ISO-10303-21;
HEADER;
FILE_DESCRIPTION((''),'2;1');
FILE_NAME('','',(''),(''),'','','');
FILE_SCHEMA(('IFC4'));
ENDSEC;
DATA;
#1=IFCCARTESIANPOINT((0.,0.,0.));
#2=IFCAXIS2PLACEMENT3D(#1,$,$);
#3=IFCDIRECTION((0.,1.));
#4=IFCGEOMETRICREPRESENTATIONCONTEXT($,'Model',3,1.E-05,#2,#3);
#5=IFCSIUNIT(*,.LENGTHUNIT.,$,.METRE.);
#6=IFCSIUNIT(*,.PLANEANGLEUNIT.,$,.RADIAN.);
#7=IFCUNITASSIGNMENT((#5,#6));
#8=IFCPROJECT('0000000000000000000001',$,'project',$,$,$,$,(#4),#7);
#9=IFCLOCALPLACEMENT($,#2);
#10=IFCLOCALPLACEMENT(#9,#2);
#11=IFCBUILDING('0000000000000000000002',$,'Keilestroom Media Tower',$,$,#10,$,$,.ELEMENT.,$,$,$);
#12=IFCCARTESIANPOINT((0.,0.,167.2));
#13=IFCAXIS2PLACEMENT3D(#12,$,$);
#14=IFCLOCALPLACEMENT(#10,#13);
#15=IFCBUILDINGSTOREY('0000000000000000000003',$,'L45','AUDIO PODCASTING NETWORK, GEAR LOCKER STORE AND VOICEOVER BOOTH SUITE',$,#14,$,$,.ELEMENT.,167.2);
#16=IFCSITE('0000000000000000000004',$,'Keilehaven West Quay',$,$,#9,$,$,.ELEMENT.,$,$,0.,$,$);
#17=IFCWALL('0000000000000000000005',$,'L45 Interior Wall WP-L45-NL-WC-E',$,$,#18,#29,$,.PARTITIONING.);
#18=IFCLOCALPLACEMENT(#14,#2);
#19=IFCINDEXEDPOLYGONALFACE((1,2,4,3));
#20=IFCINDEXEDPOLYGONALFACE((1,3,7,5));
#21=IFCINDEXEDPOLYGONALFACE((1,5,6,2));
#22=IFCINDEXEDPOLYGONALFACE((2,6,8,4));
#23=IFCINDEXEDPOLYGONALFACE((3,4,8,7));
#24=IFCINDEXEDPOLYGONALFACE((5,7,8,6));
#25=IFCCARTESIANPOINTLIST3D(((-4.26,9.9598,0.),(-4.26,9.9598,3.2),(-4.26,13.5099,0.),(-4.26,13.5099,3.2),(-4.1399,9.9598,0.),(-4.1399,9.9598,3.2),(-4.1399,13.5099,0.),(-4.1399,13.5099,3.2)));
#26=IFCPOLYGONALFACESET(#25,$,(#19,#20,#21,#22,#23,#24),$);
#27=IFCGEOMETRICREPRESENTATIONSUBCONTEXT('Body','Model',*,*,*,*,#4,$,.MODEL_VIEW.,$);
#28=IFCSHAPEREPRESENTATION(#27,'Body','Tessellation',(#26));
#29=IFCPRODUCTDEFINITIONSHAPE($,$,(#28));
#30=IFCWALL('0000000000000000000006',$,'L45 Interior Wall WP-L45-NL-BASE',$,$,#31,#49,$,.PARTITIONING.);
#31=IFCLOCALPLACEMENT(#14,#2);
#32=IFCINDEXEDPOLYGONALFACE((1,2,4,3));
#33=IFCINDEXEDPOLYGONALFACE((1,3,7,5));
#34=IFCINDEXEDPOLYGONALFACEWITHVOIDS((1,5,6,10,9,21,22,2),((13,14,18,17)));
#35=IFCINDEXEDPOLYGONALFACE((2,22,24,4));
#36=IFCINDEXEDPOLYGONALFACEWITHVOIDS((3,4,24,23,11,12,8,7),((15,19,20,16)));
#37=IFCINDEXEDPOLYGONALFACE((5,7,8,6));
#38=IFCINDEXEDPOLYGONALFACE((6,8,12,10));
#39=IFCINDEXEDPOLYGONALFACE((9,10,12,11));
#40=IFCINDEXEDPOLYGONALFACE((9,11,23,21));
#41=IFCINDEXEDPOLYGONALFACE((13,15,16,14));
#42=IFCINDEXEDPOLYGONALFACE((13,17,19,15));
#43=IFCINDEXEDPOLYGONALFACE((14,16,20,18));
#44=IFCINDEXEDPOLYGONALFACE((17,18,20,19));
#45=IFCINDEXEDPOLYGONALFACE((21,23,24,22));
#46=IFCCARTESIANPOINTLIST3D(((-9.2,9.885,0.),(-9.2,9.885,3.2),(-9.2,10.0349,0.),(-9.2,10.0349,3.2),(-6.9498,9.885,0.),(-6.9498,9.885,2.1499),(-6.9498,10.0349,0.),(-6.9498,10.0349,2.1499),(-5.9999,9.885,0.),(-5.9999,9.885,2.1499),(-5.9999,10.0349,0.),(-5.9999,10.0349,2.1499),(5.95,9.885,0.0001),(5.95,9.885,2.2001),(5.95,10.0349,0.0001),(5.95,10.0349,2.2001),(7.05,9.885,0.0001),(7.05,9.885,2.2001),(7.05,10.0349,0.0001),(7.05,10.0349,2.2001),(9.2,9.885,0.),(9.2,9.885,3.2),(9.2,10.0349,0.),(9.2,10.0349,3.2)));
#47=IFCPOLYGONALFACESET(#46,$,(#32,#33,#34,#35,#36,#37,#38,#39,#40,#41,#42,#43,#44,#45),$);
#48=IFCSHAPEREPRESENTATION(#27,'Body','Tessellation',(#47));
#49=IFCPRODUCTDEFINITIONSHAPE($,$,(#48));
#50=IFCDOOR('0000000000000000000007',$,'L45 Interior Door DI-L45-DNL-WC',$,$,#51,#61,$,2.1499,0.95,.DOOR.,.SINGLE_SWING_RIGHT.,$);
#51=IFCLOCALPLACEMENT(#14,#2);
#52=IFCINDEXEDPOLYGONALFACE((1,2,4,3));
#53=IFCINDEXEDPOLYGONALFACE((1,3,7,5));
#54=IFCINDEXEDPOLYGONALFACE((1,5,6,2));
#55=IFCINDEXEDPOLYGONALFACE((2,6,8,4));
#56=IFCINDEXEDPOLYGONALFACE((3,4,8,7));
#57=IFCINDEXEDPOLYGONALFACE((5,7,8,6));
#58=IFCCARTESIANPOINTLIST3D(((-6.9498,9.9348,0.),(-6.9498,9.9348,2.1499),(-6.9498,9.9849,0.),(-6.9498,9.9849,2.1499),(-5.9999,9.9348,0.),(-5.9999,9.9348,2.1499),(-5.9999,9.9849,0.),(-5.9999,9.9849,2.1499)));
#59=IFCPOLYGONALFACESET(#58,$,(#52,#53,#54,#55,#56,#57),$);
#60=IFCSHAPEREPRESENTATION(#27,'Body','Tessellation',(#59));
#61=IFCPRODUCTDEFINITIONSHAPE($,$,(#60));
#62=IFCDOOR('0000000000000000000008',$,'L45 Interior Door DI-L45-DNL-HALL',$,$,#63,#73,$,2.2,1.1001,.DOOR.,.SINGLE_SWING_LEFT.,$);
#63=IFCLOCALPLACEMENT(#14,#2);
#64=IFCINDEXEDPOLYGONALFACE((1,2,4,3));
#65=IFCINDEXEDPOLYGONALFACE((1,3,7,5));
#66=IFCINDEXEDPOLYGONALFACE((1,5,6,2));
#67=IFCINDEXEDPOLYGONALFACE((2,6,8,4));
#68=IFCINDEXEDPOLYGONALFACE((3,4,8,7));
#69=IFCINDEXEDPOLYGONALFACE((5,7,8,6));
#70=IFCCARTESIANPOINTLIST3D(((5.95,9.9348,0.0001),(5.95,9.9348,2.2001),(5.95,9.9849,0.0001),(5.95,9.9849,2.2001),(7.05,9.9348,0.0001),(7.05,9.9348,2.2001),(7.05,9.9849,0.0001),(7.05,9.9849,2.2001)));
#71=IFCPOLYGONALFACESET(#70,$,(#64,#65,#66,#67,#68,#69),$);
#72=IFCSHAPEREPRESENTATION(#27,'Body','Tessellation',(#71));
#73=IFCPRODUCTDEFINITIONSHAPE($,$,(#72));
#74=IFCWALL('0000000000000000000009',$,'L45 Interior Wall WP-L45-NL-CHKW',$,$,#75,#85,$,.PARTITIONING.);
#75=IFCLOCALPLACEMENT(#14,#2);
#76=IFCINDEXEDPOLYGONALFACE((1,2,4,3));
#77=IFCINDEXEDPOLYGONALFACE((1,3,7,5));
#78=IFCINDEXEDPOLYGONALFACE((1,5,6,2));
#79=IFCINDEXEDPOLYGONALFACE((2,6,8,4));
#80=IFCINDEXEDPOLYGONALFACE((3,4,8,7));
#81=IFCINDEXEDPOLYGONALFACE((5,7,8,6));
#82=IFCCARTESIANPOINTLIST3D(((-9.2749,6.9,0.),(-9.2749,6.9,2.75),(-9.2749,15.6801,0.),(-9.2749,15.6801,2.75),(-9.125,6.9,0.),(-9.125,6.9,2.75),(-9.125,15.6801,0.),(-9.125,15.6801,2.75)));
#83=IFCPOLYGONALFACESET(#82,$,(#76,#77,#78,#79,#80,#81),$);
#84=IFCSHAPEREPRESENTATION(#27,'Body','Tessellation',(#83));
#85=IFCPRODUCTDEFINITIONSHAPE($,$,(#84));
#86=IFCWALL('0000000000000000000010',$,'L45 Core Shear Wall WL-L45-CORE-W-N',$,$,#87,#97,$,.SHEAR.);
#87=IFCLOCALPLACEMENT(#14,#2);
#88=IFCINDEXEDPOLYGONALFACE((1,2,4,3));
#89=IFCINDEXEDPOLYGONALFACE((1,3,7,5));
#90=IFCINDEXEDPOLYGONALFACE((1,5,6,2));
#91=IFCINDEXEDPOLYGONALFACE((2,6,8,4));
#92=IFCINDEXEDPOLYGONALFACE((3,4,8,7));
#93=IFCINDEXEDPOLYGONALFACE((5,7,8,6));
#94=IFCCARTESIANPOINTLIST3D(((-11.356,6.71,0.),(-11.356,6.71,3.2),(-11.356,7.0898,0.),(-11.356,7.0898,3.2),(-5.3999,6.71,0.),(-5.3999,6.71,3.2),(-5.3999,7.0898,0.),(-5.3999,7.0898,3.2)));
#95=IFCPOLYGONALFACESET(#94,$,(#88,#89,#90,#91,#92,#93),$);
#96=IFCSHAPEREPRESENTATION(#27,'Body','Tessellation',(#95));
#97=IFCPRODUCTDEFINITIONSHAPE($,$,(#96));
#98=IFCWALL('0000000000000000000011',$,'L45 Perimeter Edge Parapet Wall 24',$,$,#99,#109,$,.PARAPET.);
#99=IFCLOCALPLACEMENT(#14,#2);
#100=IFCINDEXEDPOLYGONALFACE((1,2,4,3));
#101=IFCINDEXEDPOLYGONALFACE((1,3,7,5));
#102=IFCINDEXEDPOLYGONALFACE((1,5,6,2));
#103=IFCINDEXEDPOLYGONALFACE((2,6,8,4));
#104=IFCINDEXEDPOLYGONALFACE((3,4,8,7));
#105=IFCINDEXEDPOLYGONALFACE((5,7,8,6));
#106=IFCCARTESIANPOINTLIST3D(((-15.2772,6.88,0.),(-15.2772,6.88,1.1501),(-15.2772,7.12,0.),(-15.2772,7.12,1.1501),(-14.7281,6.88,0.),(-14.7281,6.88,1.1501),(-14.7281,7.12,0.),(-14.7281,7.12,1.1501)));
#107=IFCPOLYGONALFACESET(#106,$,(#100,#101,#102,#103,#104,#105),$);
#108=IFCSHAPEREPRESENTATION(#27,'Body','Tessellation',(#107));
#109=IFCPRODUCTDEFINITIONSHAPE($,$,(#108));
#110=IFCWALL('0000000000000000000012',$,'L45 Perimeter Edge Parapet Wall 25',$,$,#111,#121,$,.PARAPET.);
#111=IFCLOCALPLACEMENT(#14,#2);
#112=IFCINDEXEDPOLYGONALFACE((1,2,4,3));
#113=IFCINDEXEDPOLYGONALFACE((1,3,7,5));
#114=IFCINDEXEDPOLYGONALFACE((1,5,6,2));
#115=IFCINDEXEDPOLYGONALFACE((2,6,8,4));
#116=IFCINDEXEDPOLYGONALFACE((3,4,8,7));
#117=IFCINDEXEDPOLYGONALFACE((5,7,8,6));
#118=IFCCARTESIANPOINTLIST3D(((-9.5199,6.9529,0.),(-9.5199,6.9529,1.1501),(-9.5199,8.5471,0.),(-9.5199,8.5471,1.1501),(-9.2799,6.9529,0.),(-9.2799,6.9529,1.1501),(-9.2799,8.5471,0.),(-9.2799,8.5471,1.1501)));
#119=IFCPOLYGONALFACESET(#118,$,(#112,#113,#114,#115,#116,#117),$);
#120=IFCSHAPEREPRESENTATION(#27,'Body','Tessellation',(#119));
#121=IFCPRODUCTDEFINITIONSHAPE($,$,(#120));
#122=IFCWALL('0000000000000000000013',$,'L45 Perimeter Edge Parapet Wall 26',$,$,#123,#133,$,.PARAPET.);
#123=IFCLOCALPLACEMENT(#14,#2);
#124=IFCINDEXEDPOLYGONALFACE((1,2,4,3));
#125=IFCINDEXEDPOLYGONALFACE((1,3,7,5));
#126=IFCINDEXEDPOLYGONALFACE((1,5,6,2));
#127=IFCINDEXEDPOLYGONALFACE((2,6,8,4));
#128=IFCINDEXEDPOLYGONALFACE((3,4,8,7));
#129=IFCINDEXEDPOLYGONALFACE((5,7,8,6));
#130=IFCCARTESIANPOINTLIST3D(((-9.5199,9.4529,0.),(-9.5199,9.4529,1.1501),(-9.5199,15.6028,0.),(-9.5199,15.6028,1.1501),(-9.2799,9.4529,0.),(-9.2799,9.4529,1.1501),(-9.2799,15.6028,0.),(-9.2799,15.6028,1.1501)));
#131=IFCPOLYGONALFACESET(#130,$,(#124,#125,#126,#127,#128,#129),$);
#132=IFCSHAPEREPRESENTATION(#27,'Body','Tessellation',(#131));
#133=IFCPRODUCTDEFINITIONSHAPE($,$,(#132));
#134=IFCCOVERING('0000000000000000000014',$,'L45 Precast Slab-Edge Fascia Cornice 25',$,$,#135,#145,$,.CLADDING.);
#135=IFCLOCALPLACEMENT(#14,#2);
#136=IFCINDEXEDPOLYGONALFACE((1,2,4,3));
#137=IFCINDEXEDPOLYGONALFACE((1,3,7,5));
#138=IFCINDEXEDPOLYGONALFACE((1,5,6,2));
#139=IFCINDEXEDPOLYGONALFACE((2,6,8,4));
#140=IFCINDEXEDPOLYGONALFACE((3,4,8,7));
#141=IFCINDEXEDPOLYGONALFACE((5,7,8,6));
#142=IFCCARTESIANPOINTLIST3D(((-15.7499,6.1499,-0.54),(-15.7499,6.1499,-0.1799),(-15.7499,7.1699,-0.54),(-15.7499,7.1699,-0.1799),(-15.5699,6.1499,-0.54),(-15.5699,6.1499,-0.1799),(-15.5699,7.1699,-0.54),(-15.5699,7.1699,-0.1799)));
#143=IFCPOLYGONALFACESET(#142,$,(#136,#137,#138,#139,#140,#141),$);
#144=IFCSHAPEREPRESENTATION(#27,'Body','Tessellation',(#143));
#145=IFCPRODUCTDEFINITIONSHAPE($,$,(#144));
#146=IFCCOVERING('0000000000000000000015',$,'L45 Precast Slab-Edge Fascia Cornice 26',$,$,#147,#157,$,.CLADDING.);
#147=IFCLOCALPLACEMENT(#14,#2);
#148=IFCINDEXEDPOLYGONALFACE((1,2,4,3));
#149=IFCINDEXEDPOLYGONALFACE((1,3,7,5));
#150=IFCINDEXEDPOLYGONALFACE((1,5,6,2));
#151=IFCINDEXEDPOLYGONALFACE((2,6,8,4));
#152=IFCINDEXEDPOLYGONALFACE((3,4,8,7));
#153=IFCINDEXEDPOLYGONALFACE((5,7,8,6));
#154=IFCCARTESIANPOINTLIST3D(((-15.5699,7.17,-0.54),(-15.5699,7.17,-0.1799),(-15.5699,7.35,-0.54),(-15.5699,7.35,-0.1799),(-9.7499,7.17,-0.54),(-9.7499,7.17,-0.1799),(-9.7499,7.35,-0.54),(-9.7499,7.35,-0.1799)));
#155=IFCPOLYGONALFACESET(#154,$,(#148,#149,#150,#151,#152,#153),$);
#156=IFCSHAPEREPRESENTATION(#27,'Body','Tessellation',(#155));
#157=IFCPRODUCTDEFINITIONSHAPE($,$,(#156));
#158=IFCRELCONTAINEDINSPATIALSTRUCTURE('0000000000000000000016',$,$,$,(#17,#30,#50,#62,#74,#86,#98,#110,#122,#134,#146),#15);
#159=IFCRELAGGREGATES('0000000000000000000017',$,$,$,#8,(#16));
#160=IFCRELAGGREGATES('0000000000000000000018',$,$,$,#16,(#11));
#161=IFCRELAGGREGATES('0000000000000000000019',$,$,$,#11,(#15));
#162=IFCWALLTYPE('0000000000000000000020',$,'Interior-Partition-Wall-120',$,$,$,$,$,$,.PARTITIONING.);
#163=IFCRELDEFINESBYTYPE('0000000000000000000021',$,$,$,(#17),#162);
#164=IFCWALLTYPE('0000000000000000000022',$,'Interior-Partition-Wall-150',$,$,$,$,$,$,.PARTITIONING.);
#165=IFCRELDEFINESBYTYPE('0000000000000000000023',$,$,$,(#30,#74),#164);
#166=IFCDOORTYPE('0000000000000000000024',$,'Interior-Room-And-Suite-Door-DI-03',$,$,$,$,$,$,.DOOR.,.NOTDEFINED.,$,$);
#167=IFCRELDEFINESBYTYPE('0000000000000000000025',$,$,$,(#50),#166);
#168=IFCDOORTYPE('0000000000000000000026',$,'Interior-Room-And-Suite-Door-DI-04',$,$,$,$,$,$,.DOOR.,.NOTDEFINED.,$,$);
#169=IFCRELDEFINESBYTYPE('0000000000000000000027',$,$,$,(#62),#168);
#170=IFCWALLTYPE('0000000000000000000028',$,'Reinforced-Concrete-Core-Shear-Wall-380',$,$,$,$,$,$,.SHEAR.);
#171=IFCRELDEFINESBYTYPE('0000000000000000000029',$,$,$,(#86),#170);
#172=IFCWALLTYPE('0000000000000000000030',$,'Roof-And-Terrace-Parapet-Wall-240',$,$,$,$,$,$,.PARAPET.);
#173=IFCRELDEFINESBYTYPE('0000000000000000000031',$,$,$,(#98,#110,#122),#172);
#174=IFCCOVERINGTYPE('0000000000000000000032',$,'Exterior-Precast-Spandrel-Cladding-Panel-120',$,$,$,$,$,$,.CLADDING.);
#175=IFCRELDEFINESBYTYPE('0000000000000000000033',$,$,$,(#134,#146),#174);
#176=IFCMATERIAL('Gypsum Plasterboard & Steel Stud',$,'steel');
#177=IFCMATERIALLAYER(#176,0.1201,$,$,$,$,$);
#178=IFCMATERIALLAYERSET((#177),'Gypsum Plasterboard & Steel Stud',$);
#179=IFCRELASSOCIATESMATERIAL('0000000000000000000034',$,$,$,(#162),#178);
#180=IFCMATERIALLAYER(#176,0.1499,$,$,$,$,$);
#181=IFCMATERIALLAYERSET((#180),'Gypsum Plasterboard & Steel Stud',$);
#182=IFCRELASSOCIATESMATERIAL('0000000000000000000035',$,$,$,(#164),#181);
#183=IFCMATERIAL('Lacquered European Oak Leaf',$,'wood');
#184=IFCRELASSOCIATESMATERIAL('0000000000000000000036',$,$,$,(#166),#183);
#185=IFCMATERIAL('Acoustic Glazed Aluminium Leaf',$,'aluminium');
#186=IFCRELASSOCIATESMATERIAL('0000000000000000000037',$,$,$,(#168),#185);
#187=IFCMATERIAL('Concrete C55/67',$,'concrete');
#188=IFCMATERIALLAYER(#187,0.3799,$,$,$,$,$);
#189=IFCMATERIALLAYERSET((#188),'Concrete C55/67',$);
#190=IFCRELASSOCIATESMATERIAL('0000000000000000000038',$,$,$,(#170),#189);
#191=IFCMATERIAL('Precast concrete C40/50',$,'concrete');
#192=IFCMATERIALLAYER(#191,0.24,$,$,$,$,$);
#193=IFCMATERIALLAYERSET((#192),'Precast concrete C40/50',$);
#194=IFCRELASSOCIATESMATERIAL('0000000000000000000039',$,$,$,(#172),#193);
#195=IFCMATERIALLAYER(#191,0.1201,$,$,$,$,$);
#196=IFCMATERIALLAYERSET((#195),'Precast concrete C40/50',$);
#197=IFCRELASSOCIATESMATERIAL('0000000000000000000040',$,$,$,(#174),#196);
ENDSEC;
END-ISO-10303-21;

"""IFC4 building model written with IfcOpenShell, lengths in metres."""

from ifc_helpers import new_model, si_unit, direction, frame, frame_2d, origin, origin_2d, place, context, subcontext, project, spatial, rectangle, extrude, source, transform, mapped, material, layer, layer_set, type_object, element, fill, save


model = new_model("IFC4")

# Units and contexts
model_context = context("Model", 3, precision=1e-05, world=origin(), true_north=direction((0.0, 1.0)))
body_context = subcontext(model_context, "Body", "Model", "MODEL_VIEW")
ifc_project = project(units=[si_unit("LENGTHUNIT", "METRE"), si_unit("PLANEANGLEUNIT", "RADIAN")], contexts=[model_context])

# Site, building, storey
site_placement = place(None, origin())
site = spatial("IfcSite", under=ifc_project, at=site_placement, Name="Keilehaven West Quay", CompositionType="ELEMENT", RefElevation=0.0)
building_placement = place(site_placement, origin())
building = spatial("IfcBuilding", under=site, at=building_placement, Name="Keilestroom Media Tower", CompositionType="ELEMENT")
storey_placement = place(building_placement, frame((0.0, 0.0, 167.2)))
storey = spatial("IfcBuildingStorey", under=building, at=storey_placement, Name="L45", Description="AUDIO PODCASTING NETWORK, GEAR LOCKER STORE AND VOICEOVER BOOTH SUITE", CompositionType="ELEMENT", Elevation=167.2)

# Shared definitions
ifc_material_1 = material(Name="Precast concrete C40/50", Category="concrete")
ifc_material_2 = material(Name="Concrete C55/67", Category="concrete")

# Wall
ifc_material_3 = material(Name="Gypsum Plasterboard & Steel Stud", Category="steel")
ifc_layer_1 = layer(ifc_material_3, 0.1201)
ifc_layer_set_1 = layer_set([ifc_layer_1], Name="Gypsum Plasterboard & Steel Stud")
wall_type_1 = type_object("IfcWallType", Name="Interior-Partition-Wall-120", PredefinedType="PARTITIONING", material=ifc_layer_set_1)
for number, where, z_axis, x_axis, name in (
    (1, (-4.2, 9.96, 0.0), (0.0, 0.0, 1.0), (0.0, 1.0, 0.0), "L45 Interior Wall WP-L45-NL-WC-E"),
):
    element("IfcWall", number, at=place(storey_placement, frame(where, z_axis=z_axis, x_axis=x_axis)), inside=storey, type_object=wall_type_1, Name=name, PredefinedType="PARTITIONING", context=body_context, shape_type="SweptSolid", body=[
        extrude(rectangle(XDim=3.55, YDim=0.1201, at=frame_2d((1.7749, 0.0))), origin(), (0.0, 0.0, 1.0), 3.2),
    ])

# Wall, openings, doors
ifc_layer_2 = layer(ifc_material_3, 0.1499)
ifc_layer_set_2 = layer_set([ifc_layer_2], Name="Gypsum Plasterboard & Steel Stud")
wall_type_2 = type_object("IfcWallType", Name="Interior-Partition-Wall-150", PredefinedType="PARTITIONING", material=ifc_layer_set_2)
wall_1_placement = place(storey_placement, frame((-9.2, 9.96, 0.0), z_axis=(0.0, 0.0, 1.0), x_axis=(1.0, 0.0, 0.0)))
wall_1 = element("IfcWall", 2, at=wall_1_placement, inside=storey, type_object=wall_type_2, Name="L45 Interior Wall WP-L45-NL-BASE", PredefinedType="PARTITIONING", context=body_context, shape_type="SweptSolid", body=[
    extrude(rectangle(XDim=18.3999, YDim=0.1499, at=frame_2d((9.2, 0.0))), origin(), (0.0, 0.0, 1.0), 3.2),
])
opening_1_placement = place(wall_1_placement, frame((2.25, 0.0, 0.0)))
opening_1 = element("IfcOpeningElement", 3, at=opening_1_placement, cuts=wall_1, PredefinedType="OPENING", context=body_context, shape_type="SweptSolid", body=[
    extrude(rectangle(XDim=0.95, YDim=2.1499, at=frame_2d((0.4751, 1.075))), frame((0.0, 0.085, 0.0), z_axis=(0.0, -1.0, 0.0), x_axis=(1.0, 0.0, 0.0)), (0.0, 0.0, 1.0), 0.1699),
])
opening_2_placement = place(wall_1_placement, frame((15.1499, 0.0, 0.0)))
opening_2 = element("IfcOpeningElement", 4, at=opening_2_placement, cuts=wall_1, PredefinedType="OPENING", context=body_context, shape_type="SweptSolid", body=[
    extrude(rectangle(XDim=1.1001, YDim=2.2, at=frame_2d((0.55, 1.1001))), frame((0.0, 0.085, 0.0), z_axis=(0.0, -1.0, 0.0), x_axis=(1.0, 0.0, 0.0)), (0.0, 0.0, 1.0), 0.1699),
])
ifc_material_4 = material(Name="Lacquered European Oak Leaf", Category="wood")
door_type_1 = type_object("IfcDoorType", Name="Interior-Room-And-Suite-Door-DI-03", OperationType="NOTDEFINED", PredefinedType="DOOR", material=ifc_material_4)
shared_shape_1 = source(origin(), body_context, "Body", "SweptSolid", [
    extrude(rectangle(XDim=0.95, YDim=2.1499, at=frame_2d((0.4751, 1.075))), frame((0.0, 0.0249, 0.0), z_axis=(0.0, -1.0, 0.0), x_axis=(1.0, 0.0, 0.0)), (0.0, 0.0, 1.0), 0.05),
])
door_1_placement = place(opening_1_placement, origin())
door_1 = element("IfcDoor", 5, at=door_1_placement, inside=storey, type_object=door_type_1, Name="L45 Interior Door DI-L45-DNL-WC", OperationType="SINGLE_SWING_RIGHT", OverallHeight=2.1499, OverallWidth=0.95, PredefinedType="DOOR", context=body_context, shape_type="MappedRepresentation", body=[
    mapped(shared_shape_1, transform((0.0, 0.0, 0.0), x_axis=(1.0, 0.0, 0.0), y_axis=(0.0, 1.0, 0.0), z_axis=(0.0, 0.0, 1.0), scale=1.0)),
])
fill(opening_1, door_1)
ifc_material_5 = material(Name="Acoustic Glazed Aluminium Leaf", Category="aluminium")
door_type_2 = type_object("IfcDoorType", Name="Interior-Room-And-Suite-Door-DI-04", OperationType="NOTDEFINED", PredefinedType="DOOR", material=ifc_material_5)
shared_shape_2 = source(origin(), body_context, "Body", "SweptSolid", [
    extrude(rectangle(XDim=1.1001, YDim=2.2, at=frame_2d((0.55, 1.1001))), frame((0.0, 0.0249, 0.0), z_axis=(0.0, -1.0, 0.0), x_axis=(1.0, 0.0, 0.0)), (0.0, 0.0, 1.0), 0.05),
])
door_2_placement = place(opening_2_placement, origin())
door_2 = element("IfcDoor", 6, at=door_2_placement, inside=storey, type_object=door_type_2, Name="L45 Interior Door DI-L45-DNL-HALL", OperationType="SINGLE_SWING_LEFT", OverallHeight=2.2, OverallWidth=1.1001, PredefinedType="DOOR", context=body_context, shape_type="MappedRepresentation", body=[
    mapped(shared_shape_2, transform((0.0, 0.0, 0.0), x_axis=(1.0, 0.0, 0.0), y_axis=(0.0, 1.0, 0.0), z_axis=(0.0, 0.0, 1.0), scale=1.0)),
])
fill(opening_2, door_2)

# Walls
wall_2_placement = place(storey_placement, frame((-9.2, 6.8999, 0.0), z_axis=(0.0, 0.0, 1.0), x_axis=(0.0, 1.0, 0.0)))
element("IfcWall", 7, at=wall_2_placement, inside=storey, type_object=wall_type_2, Name="L45 Interior Wall WP-L45-NL-CHKW", PredefinedType="PARTITIONING", context=body_context, shape_type="SweptSolid", body=[
    extrude(rectangle(XDim=8.78, YDim=0.1499, at=frame_2d((4.3901, 0.0))), origin(), (0.0, 0.0, 1.0), 2.75),
])
ifc_layer_3 = layer(ifc_material_2, 0.3799)
ifc_layer_set_3 = layer_set([ifc_layer_3], Name="Concrete C55/67")
wall_type_3 = type_object("IfcWallType", Name="Reinforced-Concrete-Core-Shear-Wall-380", PredefinedType="SHEAR", material=ifc_layer_set_3)
wall_3_placement = place(storey_placement, frame((-11.356, 6.8999, 0.0), z_axis=(0.0, 0.0, 1.0), x_axis=(1.0, 0.0, 0.0)))
element("IfcWall", 8, at=wall_3_placement, inside=storey, type_object=wall_type_3, Name="L45 Core Shear Wall WL-L45-CORE-W-N", PredefinedType="SHEAR", context=body_context, shape_type="SweptSolid", body=[
    extrude(rectangle(XDim=5.9561, YDim=0.3799, at=frame_2d((2.978, 0.0))), origin(), (0.0, 0.0, 1.0), 3.2),
])
ifc_layer_4 = layer(ifc_material_1, 0.24)
ifc_layer_set_4 = layer_set([ifc_layer_4], Name="Precast concrete C40/50")
wall_type_4 = type_object("IfcWallType", Name="Roof-And-Terrace-Parapet-Wall-240", PredefinedType="PARAPET", material=ifc_layer_set_4)
wall_4_placement = place(storey_placement, frame((-15.2771, 7.0, 0.0), z_axis=(0.0, 0.0, 1.0), x_axis=(1.0, 0.0, 0.0)))
element("IfcWall", 9, at=wall_4_placement, inside=storey, type_object=wall_type_4, Name="L45 Perimeter Edge Parapet Wall 24", PredefinedType="PARAPET", context=body_context, shape_type="SweptSolid", body=[
    extrude(rectangle(XDim=0.5491, YDim=0.24, at=frame_2d((0.2744, 0.0))), origin(), (0.0, 0.0, 1.0), 1.1501),
])
wall_5_placement = place(storey_placement, frame((-9.3999, 6.9529, 0.0), z_axis=(0.0, 0.0, 1.0), x_axis=(0.0, 1.0, 0.0)))
element("IfcWall", 10, at=wall_5_placement, inside=storey, type_object=wall_type_4, Name="L45 Perimeter Edge Parapet Wall 25", PredefinedType="PARAPET", context=body_context, shape_type="SweptSolid", body=[
    extrude(rectangle(XDim=1.5942, YDim=0.24, at=frame_2d((0.7971, 0.0))), origin(), (0.0, 0.0, 1.0), 1.1501),
])
wall_6_placement = place(storey_placement, frame((-9.3999, 9.4529, 0.0), z_axis=(0.0, 0.0, 1.0), x_axis=(0.0, 1.0, 0.0)))
element("IfcWall", 11, at=wall_6_placement, inside=storey, type_object=wall_type_4, Name="L45 Perimeter Edge Parapet Wall 26", PredefinedType="PARAPET", context=body_context, shape_type="SweptSolid", body=[
    extrude(rectangle(XDim=6.1499, YDim=0.24, at=frame_2d((3.075, 0.0))), origin(), (0.0, 0.0, 1.0), 1.1501),
])

# Coverings
ifc_layer_5 = layer(ifc_material_1, 0.1201)
ifc_layer_set_5 = layer_set([ifc_layer_5], Name="Precast concrete C40/50")
covering_type = type_object("IfcCoveringType", Name="Exterior-Precast-Spandrel-Cladding-Panel-120", PredefinedType="CLADDING", material=ifc_layer_set_5)
shared_shape_3 = source(origin(), body_context, "Body", "SweptSolid", [
    extrude(rectangle(XDim=1.02, YDim=0.1799, at=origin_2d()), origin(), (0.0, 0.0, 1.0), 0.3601),
])
covering_1_placement = place(storey_placement, frame((-15.6599, 6.6599, -0.54), z_axis=(0.0, 0.0, 1.0), x_axis=(0.0, 1.0, 0.0)))
element("IfcCovering", 12, at=covering_1_placement, inside=storey, type_object=covering_type, Name="L45 Precast Slab-Edge Fascia Cornice 25", PredefinedType="CLADDING", context=body_context, shape_type="MappedRepresentation", body=[
    mapped(shared_shape_3, transform((0.0, 0.0, 0.0), x_axis=(1.0, 0.0, 0.0), y_axis=(0.0, 1.0, 0.0), z_axis=(0.0, 0.0, 1.0), scale=1.0)),
])
shared_shape_4 = source(origin(), body_context, "Body", "SweptSolid", [
    extrude(rectangle(XDim=5.8201, YDim=0.1799, at=origin_2d()), origin(), (0.0, 0.0, 1.0), 0.3601),
])
covering_2_placement = place(storey_placement, frame((-12.6599, 7.26, -0.54), z_axis=(0.0, 0.0, 1.0), x_axis=(1.0, 0.0, 0.0)))
element("IfcCovering", 13, at=covering_2_placement, inside=storey, type_object=covering_type, Name="L45 Precast Slab-Edge Fascia Cornice 26", PredefinedType="CLADDING", context=body_context, shape_type="MappedRepresentation", body=[
    mapped(shared_shape_4, transform((0.0, 0.0, 0.0), x_axis=(1.0, 0.0, 0.0), y_axis=(0.0, 1.0, 0.0), z_axis=(0.0, 0.0, 1.0), scale=1.0)),
])

save(model, "model.ifc")
